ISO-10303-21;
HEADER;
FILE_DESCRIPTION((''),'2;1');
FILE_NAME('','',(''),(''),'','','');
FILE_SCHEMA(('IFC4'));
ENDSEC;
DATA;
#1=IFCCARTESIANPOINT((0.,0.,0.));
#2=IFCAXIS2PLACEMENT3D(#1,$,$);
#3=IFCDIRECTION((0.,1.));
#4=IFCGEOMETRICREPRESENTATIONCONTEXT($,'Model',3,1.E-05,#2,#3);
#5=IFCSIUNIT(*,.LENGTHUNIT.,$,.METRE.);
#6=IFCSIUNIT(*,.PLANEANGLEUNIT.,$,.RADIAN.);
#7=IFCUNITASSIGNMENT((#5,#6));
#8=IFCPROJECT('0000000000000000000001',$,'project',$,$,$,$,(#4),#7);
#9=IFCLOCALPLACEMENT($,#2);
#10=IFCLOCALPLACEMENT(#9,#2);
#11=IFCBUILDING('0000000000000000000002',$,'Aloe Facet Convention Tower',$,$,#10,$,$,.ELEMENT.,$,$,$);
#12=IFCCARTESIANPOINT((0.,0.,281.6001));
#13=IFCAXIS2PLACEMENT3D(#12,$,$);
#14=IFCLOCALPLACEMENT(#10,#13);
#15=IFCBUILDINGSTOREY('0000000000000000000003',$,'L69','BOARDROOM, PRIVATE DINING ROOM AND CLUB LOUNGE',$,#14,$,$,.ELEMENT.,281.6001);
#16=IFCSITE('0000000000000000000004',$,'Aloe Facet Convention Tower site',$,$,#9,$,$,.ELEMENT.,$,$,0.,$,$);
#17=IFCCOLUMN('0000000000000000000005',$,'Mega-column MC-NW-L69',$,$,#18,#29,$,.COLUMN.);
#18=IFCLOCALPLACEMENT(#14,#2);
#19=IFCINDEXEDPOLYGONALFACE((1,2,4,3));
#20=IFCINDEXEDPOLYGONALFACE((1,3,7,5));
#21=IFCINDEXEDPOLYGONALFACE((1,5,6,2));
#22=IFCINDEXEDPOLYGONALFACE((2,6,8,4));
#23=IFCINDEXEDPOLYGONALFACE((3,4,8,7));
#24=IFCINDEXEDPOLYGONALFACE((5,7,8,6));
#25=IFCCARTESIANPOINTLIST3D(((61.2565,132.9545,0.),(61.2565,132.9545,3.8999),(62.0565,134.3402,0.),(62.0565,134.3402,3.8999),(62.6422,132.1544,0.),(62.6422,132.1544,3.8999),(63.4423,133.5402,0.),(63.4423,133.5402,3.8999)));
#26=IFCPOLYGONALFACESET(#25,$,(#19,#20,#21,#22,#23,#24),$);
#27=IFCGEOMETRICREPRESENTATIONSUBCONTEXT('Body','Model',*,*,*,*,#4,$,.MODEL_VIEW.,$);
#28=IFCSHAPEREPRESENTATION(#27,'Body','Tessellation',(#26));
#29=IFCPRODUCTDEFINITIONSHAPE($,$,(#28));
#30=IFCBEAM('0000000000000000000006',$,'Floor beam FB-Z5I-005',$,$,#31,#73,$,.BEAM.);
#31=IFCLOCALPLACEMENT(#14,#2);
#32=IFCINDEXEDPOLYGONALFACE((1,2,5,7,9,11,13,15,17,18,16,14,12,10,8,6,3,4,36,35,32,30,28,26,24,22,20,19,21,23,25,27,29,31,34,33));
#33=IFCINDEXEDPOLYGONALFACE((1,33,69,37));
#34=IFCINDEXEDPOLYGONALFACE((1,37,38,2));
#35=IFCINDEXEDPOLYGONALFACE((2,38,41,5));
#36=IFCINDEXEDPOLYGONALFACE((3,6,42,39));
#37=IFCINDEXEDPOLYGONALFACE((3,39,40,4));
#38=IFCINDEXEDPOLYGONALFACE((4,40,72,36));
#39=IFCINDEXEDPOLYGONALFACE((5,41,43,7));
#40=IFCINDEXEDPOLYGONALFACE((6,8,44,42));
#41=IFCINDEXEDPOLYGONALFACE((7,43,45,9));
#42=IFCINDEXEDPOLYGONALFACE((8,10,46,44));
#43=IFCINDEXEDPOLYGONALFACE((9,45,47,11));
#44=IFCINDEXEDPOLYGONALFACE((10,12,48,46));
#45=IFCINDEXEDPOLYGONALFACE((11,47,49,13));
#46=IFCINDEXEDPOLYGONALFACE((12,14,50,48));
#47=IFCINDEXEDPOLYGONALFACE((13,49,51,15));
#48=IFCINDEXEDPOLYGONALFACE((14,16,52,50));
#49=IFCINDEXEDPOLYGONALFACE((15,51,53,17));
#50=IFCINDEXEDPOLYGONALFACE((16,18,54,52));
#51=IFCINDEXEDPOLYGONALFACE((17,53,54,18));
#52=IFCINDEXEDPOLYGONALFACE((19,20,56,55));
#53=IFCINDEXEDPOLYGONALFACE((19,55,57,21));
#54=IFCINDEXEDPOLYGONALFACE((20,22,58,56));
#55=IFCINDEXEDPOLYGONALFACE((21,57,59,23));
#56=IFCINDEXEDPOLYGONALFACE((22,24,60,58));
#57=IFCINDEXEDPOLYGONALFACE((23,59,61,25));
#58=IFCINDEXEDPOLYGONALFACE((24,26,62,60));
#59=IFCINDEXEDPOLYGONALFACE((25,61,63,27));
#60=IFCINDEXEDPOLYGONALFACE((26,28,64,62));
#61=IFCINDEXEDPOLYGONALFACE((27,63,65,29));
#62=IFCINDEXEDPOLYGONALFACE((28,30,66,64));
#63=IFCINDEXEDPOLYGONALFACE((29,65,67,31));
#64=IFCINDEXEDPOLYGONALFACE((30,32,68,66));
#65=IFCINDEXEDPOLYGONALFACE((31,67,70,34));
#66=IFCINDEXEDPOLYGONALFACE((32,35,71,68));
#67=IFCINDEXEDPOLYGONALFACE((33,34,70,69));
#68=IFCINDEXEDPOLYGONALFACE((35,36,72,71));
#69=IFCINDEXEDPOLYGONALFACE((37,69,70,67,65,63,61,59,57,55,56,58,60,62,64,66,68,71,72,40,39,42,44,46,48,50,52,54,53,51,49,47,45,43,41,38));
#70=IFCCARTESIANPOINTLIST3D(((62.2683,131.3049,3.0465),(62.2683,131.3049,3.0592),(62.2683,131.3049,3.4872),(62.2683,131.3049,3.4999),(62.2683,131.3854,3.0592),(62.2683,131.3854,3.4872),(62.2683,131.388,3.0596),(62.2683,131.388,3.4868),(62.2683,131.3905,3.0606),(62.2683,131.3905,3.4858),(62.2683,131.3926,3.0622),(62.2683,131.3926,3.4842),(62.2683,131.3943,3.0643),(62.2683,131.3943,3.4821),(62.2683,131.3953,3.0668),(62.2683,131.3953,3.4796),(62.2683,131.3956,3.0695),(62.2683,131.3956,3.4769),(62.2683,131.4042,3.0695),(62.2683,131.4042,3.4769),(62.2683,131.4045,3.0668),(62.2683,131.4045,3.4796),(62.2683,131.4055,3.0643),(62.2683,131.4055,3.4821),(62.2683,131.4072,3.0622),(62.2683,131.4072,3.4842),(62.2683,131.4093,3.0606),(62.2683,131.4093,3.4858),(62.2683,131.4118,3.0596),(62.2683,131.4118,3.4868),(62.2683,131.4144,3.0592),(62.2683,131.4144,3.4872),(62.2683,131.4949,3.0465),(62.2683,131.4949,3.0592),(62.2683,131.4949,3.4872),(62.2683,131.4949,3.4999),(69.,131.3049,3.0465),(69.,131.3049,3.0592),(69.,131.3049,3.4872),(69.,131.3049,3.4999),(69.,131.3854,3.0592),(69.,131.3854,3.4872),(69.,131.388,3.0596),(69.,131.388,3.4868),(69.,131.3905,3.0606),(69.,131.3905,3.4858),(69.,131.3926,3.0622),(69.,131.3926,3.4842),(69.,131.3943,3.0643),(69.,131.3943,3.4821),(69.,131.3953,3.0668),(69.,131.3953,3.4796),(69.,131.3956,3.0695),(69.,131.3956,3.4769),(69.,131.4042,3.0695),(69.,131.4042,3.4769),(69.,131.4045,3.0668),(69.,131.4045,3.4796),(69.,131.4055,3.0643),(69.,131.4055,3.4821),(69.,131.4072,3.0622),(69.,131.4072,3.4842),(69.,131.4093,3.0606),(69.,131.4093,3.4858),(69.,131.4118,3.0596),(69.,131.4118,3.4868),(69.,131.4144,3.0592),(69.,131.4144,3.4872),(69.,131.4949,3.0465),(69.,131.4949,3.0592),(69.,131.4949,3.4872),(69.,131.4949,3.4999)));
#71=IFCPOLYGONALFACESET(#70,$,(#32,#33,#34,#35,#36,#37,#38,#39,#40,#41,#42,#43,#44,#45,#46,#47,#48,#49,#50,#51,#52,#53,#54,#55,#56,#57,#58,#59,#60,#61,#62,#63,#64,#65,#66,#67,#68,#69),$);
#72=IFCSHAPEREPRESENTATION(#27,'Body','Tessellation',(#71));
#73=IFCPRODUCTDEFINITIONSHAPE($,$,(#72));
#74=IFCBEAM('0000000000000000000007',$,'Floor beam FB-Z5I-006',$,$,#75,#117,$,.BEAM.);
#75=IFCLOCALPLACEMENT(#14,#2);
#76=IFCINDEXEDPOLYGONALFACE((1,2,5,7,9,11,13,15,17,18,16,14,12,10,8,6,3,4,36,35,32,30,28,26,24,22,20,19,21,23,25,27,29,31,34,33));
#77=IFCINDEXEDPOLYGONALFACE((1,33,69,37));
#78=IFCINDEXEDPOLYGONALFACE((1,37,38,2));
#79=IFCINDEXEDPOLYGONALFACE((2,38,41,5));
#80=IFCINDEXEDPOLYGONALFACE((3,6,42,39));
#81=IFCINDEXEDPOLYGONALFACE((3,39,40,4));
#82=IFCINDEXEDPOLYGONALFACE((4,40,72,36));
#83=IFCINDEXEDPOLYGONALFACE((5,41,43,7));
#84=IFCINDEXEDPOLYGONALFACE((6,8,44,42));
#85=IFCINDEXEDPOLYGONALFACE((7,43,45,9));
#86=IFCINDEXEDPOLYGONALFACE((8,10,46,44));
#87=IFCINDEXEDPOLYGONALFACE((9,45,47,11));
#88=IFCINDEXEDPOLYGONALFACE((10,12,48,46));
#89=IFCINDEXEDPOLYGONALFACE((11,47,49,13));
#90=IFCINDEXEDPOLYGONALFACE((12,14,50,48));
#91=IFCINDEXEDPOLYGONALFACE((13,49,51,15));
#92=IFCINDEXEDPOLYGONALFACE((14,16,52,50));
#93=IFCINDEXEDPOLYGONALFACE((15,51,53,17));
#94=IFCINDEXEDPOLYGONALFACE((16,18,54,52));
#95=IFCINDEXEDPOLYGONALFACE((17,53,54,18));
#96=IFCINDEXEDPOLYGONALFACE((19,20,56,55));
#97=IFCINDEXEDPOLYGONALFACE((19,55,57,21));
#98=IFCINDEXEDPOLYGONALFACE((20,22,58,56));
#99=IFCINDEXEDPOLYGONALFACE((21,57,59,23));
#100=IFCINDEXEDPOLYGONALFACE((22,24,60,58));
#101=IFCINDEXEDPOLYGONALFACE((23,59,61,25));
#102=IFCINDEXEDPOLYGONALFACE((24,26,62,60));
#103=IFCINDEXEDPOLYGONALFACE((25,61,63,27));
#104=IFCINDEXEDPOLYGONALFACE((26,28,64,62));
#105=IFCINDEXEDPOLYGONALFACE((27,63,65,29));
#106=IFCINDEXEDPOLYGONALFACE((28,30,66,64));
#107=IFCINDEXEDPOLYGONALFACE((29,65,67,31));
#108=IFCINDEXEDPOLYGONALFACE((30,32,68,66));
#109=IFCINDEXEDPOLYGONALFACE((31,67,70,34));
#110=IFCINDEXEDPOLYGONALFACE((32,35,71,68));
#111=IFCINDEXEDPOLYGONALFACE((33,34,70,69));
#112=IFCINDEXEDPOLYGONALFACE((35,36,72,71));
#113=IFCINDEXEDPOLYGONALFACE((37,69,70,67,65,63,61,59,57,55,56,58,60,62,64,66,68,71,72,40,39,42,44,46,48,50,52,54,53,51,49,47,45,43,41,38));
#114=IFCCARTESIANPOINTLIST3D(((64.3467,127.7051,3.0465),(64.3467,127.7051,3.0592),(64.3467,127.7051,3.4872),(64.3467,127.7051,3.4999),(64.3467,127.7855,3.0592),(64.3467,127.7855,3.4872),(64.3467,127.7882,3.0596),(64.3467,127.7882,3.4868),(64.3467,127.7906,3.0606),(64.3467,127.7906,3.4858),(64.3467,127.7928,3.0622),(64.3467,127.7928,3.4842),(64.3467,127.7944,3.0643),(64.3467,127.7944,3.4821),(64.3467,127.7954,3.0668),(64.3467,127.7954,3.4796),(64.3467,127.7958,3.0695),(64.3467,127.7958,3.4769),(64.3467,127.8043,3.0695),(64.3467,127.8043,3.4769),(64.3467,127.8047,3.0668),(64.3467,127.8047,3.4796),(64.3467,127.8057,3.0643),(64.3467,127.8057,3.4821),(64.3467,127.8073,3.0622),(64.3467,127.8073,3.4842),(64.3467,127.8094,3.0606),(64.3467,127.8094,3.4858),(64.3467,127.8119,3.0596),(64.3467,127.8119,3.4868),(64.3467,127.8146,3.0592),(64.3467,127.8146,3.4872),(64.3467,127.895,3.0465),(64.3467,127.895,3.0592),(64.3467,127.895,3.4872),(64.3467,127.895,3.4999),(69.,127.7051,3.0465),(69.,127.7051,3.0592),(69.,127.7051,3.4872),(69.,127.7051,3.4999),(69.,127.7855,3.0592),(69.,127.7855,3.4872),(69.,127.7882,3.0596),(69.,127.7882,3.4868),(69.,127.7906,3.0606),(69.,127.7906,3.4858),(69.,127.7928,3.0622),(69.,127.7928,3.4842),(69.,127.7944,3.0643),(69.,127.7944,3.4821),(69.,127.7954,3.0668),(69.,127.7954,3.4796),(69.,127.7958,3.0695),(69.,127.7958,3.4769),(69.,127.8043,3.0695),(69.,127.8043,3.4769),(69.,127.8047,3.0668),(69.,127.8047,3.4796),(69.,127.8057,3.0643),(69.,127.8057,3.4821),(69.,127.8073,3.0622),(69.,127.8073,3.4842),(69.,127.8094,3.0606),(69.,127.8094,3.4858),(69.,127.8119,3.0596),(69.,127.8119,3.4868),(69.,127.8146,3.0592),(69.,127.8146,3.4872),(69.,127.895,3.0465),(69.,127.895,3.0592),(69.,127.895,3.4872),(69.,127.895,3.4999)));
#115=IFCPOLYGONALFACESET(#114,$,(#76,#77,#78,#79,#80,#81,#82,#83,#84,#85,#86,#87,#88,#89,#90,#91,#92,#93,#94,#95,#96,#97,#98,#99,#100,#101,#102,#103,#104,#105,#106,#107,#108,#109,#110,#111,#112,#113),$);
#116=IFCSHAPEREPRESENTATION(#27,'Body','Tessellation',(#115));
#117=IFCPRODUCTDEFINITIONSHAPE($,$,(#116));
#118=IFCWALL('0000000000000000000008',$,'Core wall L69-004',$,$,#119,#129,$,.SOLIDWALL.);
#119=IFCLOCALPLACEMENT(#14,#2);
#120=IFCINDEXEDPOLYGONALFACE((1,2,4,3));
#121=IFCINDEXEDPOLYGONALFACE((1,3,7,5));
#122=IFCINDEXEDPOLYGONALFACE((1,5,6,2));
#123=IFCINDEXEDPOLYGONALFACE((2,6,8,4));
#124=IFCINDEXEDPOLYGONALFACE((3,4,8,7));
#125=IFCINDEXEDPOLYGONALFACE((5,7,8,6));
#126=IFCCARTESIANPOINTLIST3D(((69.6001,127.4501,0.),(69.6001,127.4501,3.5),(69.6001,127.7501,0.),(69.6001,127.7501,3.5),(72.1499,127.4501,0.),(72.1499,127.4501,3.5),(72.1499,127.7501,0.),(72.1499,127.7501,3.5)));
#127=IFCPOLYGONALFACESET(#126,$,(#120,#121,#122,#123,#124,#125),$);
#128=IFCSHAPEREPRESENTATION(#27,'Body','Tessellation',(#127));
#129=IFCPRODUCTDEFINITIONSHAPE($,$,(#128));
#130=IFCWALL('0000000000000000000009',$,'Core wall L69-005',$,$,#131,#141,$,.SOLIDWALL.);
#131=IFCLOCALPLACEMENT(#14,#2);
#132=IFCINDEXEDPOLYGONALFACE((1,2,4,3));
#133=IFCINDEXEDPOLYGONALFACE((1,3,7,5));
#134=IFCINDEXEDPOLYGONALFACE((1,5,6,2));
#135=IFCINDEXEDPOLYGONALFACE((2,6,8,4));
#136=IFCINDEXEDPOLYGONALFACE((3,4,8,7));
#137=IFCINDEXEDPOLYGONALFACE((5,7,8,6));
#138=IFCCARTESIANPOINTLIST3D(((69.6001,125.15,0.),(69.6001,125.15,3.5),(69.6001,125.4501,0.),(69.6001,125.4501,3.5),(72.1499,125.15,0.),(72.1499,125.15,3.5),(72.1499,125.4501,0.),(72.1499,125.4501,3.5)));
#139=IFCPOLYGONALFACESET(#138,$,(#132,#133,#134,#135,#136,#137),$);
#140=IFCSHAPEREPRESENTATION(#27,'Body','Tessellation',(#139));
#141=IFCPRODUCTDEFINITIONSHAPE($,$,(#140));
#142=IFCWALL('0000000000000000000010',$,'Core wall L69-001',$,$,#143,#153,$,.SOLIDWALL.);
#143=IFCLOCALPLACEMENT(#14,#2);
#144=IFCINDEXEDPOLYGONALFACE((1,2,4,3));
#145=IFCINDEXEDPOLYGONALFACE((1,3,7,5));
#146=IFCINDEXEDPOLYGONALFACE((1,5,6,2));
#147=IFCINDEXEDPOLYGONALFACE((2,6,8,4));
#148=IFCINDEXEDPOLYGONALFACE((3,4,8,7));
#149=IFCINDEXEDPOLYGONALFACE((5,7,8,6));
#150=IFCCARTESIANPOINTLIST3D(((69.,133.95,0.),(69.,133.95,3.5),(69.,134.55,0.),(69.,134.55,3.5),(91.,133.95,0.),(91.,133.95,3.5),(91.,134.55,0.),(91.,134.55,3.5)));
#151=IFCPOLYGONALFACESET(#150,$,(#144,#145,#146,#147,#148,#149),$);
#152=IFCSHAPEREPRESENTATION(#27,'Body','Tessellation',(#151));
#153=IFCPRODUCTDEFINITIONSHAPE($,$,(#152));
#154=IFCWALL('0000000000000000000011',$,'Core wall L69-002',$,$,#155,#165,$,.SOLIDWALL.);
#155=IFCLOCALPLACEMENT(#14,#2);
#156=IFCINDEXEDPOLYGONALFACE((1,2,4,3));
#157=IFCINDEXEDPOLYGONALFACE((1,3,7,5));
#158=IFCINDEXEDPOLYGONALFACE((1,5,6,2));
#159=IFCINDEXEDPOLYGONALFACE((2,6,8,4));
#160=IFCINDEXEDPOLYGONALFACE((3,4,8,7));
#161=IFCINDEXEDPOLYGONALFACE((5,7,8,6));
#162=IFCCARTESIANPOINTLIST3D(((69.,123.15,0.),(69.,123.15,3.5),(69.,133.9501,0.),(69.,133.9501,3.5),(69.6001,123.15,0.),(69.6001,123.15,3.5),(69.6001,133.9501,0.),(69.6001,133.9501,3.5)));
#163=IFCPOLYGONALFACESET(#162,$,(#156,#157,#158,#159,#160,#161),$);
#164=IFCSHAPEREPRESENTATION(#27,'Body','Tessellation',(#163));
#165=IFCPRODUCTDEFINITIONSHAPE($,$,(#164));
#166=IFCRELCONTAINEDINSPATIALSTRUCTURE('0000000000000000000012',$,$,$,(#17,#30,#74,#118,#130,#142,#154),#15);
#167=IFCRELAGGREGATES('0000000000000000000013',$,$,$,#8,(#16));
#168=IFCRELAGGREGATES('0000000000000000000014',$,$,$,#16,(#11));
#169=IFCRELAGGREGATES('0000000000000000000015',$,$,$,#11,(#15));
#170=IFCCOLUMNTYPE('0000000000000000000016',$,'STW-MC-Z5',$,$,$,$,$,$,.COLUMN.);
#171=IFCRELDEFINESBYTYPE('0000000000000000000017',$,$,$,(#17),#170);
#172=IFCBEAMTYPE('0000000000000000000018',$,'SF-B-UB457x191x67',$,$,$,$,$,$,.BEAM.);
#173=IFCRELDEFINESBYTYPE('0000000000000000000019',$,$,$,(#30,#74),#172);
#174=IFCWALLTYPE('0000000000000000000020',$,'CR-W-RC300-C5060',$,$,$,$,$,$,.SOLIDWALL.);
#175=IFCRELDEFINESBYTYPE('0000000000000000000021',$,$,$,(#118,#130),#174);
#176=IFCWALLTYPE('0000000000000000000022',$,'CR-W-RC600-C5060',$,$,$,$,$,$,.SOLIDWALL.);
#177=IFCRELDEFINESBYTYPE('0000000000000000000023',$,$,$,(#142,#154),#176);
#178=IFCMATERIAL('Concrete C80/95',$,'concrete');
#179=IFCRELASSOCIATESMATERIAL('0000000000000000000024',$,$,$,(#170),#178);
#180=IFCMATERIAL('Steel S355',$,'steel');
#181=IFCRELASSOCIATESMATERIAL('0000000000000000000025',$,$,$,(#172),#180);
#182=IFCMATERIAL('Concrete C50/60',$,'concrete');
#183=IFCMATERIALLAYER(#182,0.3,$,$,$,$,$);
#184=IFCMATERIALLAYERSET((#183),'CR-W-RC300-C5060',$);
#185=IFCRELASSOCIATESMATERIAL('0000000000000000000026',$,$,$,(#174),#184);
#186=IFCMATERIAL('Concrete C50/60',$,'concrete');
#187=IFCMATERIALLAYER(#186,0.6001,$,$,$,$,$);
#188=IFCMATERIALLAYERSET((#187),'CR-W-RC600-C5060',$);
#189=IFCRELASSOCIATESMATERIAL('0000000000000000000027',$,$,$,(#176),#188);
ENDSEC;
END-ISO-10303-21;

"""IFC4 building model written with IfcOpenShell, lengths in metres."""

from ifc_helpers import new_model, si_unit, direction, frame, frame_2d, origin, origin_2d, place, context, subcontext, project, spatial, rectangle, i_section, extrude, material, layer, layer_set, material_profile, profile_set, type_object, element, save


model = new_model("IFC4")

# Units and contexts
model_context = context("Model", 3, precision=1e-05, world=origin(), true_north=direction((0.0, 1.0)))
body_context = subcontext(model_context, "Body", "Model", "MODEL_VIEW")
ifc_project = project(units=[si_unit("LENGTHUNIT", "METRE"), si_unit("PLANEANGLEUNIT", "RADIAN")], contexts=[model_context])

# Site, building, storey
site_placement = place(None, origin())
site = spatial("IfcSite", under=ifc_project, at=site_placement, Name="Aloe Facet Convention Tower site", CompositionType="ELEMENT", RefElevation=0.0)
building_placement = place(site_placement, origin())
building = spatial("IfcBuilding", under=site, at=building_placement, Name="Aloe Facet Convention Tower", CompositionType="ELEMENT")
storey_placement = place(building_placement, frame((0.0, 0.0, 281.6001)))
storey = spatial("IfcBuildingStorey", under=building, at=storey_placement, Name="L69", Description="BOARDROOM, PRIVATE DINING ROOM AND CLUB LOUNGE", CompositionType="ELEMENT", Elevation=281.6001)

# Column
ifc_material_1 = material(Name="Concrete C80/95", Category="concrete")
ifc_material_profile_1 = material_profile(ifc_material_1, rectangle(XDim=1.6001, YDim=1.6001, at=origin_2d()), Name="STW-MC-Z5")
ifc_profile_set_1 = profile_set([ifc_material_profile_1], Name="Concrete C80/95")
column_type = type_object("IfcColumnType", Name="STW-MC-Z5", PredefinedType="COLUMN", material=ifc_profile_set_1)
column_placement = place(storey_placement, frame((62.3494, 133.2473, 0.0), z_axis=(0.0, 0.0, 1.0), x_axis=(-0.5, -0.866025, 0.0)))
element("IfcColumn", 1, at=column_placement, inside=storey, type_object=column_type, Name="Mega-column MC-NW-L69", PredefinedType="COLUMN", context=body_context, shape_type="SweptSolid", body=[
    extrude(rectangle(XDim=1.6001, YDim=1.6001, at=origin_2d()), origin(), (0.0, 0.0, 1.0), 3.8999),
])

# Beams
ifc_material_2 = material(Name="Steel S355", Category="steel")
ifc_material_profile_2 = material_profile(ifc_material_2, i_section(OverallWidth=0.1899, OverallDepth=0.4534, WebThickness=0.0085, FlangeThickness=0.0127, FilletRadius=0.0103, at=origin_2d()), Name="UB 457x191x67")
ifc_profile_set_2 = profile_set([ifc_material_profile_2], Name="Steel S355")
beam_type = type_object("IfcBeamType", Name="SF-B-UB457x191x67", PredefinedType="BEAM", material=ifc_profile_set_2)
beam_1_placement = place(storey_placement, frame((62.2683, 131.3999, 3.2732), z_axis=(1.0, 0.0, 0.0), x_axis=(0.0, 1.0, 0.0)))
element("IfcBeam", 2, at=beam_1_placement, inside=storey, type_object=beam_type, Name="Floor beam FB-Z5I-005", PredefinedType="BEAM", context=body_context, shape_type="SweptSolid", body=[
    extrude(i_section(OverallWidth=0.1899, OverallDepth=0.4534, WebThickness=0.0085, FlangeThickness=0.0127, FilletRadius=0.0103, at=origin_2d()), origin(), (0.0, 0.0, 1.0), 6.7317),
])
beam_2_placement = place(storey_placement, frame((64.3467, 127.8, 3.2732), z_axis=(1.0, 0.0, 0.0), x_axis=(0.0, 1.0, 0.0)))
element("IfcBeam", 3, at=beam_2_placement, inside=storey, type_object=beam_type, Name="Floor beam FB-Z5I-006", PredefinedType="BEAM", context=body_context, shape_type="SweptSolid", body=[
    extrude(i_section(OverallWidth=0.1899, OverallDepth=0.4534, WebThickness=0.0085, FlangeThickness=0.0127, FilletRadius=0.0103, at=origin_2d()), origin(), (0.0, 0.0, 1.0), 4.6533),
])

# Walls
ifc_material_3 = material(Name="Concrete C50/60", Category="concrete")
ifc_layer_1 = layer(ifc_material_3, 0.3)
ifc_layer_set_1 = layer_set([ifc_layer_1], Name="CR-W-RC300-C5060")
wall_type_1 = type_object("IfcWallType", Name="CR-W-RC300-C5060", PredefinedType="SOLIDWALL", material=ifc_layer_set_1)
for number, where, z_axis, x_axis, name in (
    (4, (69.6001, 127.6001, 0.0), (0.0, 0.0, 1.0), (1.0, 0.0, 0.0), "Core wall L69-004"),
    (5, (69.6001, 125.3, 0.0), (0.0, 0.0, 1.0), (1.0, 0.0, 0.0), "Core wall L69-005"),
):
    element("IfcWall", number, at=place(storey_placement, frame(where, z_axis=z_axis, x_axis=x_axis)), inside=storey, type_object=wall_type_1, Name=name, PredefinedType="SOLIDWALL", context=body_context, shape_type="SweptSolid", body=[
        extrude(rectangle(XDim=2.5498, YDim=0.3, at=frame_2d((1.2749, 0.0))), origin(), (0.0, 0.0, 1.0), 3.5),
    ])
ifc_material_4 = material(Name="Concrete C50/60", Category="concrete")
ifc_layer_2 = layer(ifc_material_4, 0.6001)
ifc_layer_set_2 = layer_set([ifc_layer_2], Name="CR-W-RC600-C5060")
wall_type_2 = type_object("IfcWallType", Name="CR-W-RC600-C5060", PredefinedType="SOLIDWALL", material=ifc_layer_set_2)
wall_1_placement = place(storey_placement, frame((69.0, 134.25, 0.0), z_axis=(0.0, 0.0, 1.0), x_axis=(1.0, 0.0, 0.0)))
element("IfcWall", 6, at=wall_1_placement, inside=storey, type_object=wall_type_2, Name="Core wall L69-001", PredefinedType="SOLIDWALL", context=body_context, shape_type="SweptSolid", body=[
    extrude(rectangle(XDim=22.0, YDim=0.6001, at=frame_2d((11.0, 0.0))), origin(), (0.0, 0.0, 1.0), 3.5),
])
wall_2_placement = place(storey_placement, frame((69.3, 133.95, 0.0), z_axis=(0.0, 0.0, 1.0), x_axis=(0.0, -1.0, 0.0)))
element("IfcWall", 7, at=wall_2_placement, inside=storey, type_object=wall_type_2, Name="Core wall L69-002", PredefinedType="SOLIDWALL", context=body_context, shape_type="SweptSolid", body=[
    extrude(rectangle(XDim=10.8, YDim=0.6001, at=frame_2d((5.3999, 0.0))), origin(), (0.0, 0.0, 1.0), 3.5),
])

save(model, "model.ifc")
